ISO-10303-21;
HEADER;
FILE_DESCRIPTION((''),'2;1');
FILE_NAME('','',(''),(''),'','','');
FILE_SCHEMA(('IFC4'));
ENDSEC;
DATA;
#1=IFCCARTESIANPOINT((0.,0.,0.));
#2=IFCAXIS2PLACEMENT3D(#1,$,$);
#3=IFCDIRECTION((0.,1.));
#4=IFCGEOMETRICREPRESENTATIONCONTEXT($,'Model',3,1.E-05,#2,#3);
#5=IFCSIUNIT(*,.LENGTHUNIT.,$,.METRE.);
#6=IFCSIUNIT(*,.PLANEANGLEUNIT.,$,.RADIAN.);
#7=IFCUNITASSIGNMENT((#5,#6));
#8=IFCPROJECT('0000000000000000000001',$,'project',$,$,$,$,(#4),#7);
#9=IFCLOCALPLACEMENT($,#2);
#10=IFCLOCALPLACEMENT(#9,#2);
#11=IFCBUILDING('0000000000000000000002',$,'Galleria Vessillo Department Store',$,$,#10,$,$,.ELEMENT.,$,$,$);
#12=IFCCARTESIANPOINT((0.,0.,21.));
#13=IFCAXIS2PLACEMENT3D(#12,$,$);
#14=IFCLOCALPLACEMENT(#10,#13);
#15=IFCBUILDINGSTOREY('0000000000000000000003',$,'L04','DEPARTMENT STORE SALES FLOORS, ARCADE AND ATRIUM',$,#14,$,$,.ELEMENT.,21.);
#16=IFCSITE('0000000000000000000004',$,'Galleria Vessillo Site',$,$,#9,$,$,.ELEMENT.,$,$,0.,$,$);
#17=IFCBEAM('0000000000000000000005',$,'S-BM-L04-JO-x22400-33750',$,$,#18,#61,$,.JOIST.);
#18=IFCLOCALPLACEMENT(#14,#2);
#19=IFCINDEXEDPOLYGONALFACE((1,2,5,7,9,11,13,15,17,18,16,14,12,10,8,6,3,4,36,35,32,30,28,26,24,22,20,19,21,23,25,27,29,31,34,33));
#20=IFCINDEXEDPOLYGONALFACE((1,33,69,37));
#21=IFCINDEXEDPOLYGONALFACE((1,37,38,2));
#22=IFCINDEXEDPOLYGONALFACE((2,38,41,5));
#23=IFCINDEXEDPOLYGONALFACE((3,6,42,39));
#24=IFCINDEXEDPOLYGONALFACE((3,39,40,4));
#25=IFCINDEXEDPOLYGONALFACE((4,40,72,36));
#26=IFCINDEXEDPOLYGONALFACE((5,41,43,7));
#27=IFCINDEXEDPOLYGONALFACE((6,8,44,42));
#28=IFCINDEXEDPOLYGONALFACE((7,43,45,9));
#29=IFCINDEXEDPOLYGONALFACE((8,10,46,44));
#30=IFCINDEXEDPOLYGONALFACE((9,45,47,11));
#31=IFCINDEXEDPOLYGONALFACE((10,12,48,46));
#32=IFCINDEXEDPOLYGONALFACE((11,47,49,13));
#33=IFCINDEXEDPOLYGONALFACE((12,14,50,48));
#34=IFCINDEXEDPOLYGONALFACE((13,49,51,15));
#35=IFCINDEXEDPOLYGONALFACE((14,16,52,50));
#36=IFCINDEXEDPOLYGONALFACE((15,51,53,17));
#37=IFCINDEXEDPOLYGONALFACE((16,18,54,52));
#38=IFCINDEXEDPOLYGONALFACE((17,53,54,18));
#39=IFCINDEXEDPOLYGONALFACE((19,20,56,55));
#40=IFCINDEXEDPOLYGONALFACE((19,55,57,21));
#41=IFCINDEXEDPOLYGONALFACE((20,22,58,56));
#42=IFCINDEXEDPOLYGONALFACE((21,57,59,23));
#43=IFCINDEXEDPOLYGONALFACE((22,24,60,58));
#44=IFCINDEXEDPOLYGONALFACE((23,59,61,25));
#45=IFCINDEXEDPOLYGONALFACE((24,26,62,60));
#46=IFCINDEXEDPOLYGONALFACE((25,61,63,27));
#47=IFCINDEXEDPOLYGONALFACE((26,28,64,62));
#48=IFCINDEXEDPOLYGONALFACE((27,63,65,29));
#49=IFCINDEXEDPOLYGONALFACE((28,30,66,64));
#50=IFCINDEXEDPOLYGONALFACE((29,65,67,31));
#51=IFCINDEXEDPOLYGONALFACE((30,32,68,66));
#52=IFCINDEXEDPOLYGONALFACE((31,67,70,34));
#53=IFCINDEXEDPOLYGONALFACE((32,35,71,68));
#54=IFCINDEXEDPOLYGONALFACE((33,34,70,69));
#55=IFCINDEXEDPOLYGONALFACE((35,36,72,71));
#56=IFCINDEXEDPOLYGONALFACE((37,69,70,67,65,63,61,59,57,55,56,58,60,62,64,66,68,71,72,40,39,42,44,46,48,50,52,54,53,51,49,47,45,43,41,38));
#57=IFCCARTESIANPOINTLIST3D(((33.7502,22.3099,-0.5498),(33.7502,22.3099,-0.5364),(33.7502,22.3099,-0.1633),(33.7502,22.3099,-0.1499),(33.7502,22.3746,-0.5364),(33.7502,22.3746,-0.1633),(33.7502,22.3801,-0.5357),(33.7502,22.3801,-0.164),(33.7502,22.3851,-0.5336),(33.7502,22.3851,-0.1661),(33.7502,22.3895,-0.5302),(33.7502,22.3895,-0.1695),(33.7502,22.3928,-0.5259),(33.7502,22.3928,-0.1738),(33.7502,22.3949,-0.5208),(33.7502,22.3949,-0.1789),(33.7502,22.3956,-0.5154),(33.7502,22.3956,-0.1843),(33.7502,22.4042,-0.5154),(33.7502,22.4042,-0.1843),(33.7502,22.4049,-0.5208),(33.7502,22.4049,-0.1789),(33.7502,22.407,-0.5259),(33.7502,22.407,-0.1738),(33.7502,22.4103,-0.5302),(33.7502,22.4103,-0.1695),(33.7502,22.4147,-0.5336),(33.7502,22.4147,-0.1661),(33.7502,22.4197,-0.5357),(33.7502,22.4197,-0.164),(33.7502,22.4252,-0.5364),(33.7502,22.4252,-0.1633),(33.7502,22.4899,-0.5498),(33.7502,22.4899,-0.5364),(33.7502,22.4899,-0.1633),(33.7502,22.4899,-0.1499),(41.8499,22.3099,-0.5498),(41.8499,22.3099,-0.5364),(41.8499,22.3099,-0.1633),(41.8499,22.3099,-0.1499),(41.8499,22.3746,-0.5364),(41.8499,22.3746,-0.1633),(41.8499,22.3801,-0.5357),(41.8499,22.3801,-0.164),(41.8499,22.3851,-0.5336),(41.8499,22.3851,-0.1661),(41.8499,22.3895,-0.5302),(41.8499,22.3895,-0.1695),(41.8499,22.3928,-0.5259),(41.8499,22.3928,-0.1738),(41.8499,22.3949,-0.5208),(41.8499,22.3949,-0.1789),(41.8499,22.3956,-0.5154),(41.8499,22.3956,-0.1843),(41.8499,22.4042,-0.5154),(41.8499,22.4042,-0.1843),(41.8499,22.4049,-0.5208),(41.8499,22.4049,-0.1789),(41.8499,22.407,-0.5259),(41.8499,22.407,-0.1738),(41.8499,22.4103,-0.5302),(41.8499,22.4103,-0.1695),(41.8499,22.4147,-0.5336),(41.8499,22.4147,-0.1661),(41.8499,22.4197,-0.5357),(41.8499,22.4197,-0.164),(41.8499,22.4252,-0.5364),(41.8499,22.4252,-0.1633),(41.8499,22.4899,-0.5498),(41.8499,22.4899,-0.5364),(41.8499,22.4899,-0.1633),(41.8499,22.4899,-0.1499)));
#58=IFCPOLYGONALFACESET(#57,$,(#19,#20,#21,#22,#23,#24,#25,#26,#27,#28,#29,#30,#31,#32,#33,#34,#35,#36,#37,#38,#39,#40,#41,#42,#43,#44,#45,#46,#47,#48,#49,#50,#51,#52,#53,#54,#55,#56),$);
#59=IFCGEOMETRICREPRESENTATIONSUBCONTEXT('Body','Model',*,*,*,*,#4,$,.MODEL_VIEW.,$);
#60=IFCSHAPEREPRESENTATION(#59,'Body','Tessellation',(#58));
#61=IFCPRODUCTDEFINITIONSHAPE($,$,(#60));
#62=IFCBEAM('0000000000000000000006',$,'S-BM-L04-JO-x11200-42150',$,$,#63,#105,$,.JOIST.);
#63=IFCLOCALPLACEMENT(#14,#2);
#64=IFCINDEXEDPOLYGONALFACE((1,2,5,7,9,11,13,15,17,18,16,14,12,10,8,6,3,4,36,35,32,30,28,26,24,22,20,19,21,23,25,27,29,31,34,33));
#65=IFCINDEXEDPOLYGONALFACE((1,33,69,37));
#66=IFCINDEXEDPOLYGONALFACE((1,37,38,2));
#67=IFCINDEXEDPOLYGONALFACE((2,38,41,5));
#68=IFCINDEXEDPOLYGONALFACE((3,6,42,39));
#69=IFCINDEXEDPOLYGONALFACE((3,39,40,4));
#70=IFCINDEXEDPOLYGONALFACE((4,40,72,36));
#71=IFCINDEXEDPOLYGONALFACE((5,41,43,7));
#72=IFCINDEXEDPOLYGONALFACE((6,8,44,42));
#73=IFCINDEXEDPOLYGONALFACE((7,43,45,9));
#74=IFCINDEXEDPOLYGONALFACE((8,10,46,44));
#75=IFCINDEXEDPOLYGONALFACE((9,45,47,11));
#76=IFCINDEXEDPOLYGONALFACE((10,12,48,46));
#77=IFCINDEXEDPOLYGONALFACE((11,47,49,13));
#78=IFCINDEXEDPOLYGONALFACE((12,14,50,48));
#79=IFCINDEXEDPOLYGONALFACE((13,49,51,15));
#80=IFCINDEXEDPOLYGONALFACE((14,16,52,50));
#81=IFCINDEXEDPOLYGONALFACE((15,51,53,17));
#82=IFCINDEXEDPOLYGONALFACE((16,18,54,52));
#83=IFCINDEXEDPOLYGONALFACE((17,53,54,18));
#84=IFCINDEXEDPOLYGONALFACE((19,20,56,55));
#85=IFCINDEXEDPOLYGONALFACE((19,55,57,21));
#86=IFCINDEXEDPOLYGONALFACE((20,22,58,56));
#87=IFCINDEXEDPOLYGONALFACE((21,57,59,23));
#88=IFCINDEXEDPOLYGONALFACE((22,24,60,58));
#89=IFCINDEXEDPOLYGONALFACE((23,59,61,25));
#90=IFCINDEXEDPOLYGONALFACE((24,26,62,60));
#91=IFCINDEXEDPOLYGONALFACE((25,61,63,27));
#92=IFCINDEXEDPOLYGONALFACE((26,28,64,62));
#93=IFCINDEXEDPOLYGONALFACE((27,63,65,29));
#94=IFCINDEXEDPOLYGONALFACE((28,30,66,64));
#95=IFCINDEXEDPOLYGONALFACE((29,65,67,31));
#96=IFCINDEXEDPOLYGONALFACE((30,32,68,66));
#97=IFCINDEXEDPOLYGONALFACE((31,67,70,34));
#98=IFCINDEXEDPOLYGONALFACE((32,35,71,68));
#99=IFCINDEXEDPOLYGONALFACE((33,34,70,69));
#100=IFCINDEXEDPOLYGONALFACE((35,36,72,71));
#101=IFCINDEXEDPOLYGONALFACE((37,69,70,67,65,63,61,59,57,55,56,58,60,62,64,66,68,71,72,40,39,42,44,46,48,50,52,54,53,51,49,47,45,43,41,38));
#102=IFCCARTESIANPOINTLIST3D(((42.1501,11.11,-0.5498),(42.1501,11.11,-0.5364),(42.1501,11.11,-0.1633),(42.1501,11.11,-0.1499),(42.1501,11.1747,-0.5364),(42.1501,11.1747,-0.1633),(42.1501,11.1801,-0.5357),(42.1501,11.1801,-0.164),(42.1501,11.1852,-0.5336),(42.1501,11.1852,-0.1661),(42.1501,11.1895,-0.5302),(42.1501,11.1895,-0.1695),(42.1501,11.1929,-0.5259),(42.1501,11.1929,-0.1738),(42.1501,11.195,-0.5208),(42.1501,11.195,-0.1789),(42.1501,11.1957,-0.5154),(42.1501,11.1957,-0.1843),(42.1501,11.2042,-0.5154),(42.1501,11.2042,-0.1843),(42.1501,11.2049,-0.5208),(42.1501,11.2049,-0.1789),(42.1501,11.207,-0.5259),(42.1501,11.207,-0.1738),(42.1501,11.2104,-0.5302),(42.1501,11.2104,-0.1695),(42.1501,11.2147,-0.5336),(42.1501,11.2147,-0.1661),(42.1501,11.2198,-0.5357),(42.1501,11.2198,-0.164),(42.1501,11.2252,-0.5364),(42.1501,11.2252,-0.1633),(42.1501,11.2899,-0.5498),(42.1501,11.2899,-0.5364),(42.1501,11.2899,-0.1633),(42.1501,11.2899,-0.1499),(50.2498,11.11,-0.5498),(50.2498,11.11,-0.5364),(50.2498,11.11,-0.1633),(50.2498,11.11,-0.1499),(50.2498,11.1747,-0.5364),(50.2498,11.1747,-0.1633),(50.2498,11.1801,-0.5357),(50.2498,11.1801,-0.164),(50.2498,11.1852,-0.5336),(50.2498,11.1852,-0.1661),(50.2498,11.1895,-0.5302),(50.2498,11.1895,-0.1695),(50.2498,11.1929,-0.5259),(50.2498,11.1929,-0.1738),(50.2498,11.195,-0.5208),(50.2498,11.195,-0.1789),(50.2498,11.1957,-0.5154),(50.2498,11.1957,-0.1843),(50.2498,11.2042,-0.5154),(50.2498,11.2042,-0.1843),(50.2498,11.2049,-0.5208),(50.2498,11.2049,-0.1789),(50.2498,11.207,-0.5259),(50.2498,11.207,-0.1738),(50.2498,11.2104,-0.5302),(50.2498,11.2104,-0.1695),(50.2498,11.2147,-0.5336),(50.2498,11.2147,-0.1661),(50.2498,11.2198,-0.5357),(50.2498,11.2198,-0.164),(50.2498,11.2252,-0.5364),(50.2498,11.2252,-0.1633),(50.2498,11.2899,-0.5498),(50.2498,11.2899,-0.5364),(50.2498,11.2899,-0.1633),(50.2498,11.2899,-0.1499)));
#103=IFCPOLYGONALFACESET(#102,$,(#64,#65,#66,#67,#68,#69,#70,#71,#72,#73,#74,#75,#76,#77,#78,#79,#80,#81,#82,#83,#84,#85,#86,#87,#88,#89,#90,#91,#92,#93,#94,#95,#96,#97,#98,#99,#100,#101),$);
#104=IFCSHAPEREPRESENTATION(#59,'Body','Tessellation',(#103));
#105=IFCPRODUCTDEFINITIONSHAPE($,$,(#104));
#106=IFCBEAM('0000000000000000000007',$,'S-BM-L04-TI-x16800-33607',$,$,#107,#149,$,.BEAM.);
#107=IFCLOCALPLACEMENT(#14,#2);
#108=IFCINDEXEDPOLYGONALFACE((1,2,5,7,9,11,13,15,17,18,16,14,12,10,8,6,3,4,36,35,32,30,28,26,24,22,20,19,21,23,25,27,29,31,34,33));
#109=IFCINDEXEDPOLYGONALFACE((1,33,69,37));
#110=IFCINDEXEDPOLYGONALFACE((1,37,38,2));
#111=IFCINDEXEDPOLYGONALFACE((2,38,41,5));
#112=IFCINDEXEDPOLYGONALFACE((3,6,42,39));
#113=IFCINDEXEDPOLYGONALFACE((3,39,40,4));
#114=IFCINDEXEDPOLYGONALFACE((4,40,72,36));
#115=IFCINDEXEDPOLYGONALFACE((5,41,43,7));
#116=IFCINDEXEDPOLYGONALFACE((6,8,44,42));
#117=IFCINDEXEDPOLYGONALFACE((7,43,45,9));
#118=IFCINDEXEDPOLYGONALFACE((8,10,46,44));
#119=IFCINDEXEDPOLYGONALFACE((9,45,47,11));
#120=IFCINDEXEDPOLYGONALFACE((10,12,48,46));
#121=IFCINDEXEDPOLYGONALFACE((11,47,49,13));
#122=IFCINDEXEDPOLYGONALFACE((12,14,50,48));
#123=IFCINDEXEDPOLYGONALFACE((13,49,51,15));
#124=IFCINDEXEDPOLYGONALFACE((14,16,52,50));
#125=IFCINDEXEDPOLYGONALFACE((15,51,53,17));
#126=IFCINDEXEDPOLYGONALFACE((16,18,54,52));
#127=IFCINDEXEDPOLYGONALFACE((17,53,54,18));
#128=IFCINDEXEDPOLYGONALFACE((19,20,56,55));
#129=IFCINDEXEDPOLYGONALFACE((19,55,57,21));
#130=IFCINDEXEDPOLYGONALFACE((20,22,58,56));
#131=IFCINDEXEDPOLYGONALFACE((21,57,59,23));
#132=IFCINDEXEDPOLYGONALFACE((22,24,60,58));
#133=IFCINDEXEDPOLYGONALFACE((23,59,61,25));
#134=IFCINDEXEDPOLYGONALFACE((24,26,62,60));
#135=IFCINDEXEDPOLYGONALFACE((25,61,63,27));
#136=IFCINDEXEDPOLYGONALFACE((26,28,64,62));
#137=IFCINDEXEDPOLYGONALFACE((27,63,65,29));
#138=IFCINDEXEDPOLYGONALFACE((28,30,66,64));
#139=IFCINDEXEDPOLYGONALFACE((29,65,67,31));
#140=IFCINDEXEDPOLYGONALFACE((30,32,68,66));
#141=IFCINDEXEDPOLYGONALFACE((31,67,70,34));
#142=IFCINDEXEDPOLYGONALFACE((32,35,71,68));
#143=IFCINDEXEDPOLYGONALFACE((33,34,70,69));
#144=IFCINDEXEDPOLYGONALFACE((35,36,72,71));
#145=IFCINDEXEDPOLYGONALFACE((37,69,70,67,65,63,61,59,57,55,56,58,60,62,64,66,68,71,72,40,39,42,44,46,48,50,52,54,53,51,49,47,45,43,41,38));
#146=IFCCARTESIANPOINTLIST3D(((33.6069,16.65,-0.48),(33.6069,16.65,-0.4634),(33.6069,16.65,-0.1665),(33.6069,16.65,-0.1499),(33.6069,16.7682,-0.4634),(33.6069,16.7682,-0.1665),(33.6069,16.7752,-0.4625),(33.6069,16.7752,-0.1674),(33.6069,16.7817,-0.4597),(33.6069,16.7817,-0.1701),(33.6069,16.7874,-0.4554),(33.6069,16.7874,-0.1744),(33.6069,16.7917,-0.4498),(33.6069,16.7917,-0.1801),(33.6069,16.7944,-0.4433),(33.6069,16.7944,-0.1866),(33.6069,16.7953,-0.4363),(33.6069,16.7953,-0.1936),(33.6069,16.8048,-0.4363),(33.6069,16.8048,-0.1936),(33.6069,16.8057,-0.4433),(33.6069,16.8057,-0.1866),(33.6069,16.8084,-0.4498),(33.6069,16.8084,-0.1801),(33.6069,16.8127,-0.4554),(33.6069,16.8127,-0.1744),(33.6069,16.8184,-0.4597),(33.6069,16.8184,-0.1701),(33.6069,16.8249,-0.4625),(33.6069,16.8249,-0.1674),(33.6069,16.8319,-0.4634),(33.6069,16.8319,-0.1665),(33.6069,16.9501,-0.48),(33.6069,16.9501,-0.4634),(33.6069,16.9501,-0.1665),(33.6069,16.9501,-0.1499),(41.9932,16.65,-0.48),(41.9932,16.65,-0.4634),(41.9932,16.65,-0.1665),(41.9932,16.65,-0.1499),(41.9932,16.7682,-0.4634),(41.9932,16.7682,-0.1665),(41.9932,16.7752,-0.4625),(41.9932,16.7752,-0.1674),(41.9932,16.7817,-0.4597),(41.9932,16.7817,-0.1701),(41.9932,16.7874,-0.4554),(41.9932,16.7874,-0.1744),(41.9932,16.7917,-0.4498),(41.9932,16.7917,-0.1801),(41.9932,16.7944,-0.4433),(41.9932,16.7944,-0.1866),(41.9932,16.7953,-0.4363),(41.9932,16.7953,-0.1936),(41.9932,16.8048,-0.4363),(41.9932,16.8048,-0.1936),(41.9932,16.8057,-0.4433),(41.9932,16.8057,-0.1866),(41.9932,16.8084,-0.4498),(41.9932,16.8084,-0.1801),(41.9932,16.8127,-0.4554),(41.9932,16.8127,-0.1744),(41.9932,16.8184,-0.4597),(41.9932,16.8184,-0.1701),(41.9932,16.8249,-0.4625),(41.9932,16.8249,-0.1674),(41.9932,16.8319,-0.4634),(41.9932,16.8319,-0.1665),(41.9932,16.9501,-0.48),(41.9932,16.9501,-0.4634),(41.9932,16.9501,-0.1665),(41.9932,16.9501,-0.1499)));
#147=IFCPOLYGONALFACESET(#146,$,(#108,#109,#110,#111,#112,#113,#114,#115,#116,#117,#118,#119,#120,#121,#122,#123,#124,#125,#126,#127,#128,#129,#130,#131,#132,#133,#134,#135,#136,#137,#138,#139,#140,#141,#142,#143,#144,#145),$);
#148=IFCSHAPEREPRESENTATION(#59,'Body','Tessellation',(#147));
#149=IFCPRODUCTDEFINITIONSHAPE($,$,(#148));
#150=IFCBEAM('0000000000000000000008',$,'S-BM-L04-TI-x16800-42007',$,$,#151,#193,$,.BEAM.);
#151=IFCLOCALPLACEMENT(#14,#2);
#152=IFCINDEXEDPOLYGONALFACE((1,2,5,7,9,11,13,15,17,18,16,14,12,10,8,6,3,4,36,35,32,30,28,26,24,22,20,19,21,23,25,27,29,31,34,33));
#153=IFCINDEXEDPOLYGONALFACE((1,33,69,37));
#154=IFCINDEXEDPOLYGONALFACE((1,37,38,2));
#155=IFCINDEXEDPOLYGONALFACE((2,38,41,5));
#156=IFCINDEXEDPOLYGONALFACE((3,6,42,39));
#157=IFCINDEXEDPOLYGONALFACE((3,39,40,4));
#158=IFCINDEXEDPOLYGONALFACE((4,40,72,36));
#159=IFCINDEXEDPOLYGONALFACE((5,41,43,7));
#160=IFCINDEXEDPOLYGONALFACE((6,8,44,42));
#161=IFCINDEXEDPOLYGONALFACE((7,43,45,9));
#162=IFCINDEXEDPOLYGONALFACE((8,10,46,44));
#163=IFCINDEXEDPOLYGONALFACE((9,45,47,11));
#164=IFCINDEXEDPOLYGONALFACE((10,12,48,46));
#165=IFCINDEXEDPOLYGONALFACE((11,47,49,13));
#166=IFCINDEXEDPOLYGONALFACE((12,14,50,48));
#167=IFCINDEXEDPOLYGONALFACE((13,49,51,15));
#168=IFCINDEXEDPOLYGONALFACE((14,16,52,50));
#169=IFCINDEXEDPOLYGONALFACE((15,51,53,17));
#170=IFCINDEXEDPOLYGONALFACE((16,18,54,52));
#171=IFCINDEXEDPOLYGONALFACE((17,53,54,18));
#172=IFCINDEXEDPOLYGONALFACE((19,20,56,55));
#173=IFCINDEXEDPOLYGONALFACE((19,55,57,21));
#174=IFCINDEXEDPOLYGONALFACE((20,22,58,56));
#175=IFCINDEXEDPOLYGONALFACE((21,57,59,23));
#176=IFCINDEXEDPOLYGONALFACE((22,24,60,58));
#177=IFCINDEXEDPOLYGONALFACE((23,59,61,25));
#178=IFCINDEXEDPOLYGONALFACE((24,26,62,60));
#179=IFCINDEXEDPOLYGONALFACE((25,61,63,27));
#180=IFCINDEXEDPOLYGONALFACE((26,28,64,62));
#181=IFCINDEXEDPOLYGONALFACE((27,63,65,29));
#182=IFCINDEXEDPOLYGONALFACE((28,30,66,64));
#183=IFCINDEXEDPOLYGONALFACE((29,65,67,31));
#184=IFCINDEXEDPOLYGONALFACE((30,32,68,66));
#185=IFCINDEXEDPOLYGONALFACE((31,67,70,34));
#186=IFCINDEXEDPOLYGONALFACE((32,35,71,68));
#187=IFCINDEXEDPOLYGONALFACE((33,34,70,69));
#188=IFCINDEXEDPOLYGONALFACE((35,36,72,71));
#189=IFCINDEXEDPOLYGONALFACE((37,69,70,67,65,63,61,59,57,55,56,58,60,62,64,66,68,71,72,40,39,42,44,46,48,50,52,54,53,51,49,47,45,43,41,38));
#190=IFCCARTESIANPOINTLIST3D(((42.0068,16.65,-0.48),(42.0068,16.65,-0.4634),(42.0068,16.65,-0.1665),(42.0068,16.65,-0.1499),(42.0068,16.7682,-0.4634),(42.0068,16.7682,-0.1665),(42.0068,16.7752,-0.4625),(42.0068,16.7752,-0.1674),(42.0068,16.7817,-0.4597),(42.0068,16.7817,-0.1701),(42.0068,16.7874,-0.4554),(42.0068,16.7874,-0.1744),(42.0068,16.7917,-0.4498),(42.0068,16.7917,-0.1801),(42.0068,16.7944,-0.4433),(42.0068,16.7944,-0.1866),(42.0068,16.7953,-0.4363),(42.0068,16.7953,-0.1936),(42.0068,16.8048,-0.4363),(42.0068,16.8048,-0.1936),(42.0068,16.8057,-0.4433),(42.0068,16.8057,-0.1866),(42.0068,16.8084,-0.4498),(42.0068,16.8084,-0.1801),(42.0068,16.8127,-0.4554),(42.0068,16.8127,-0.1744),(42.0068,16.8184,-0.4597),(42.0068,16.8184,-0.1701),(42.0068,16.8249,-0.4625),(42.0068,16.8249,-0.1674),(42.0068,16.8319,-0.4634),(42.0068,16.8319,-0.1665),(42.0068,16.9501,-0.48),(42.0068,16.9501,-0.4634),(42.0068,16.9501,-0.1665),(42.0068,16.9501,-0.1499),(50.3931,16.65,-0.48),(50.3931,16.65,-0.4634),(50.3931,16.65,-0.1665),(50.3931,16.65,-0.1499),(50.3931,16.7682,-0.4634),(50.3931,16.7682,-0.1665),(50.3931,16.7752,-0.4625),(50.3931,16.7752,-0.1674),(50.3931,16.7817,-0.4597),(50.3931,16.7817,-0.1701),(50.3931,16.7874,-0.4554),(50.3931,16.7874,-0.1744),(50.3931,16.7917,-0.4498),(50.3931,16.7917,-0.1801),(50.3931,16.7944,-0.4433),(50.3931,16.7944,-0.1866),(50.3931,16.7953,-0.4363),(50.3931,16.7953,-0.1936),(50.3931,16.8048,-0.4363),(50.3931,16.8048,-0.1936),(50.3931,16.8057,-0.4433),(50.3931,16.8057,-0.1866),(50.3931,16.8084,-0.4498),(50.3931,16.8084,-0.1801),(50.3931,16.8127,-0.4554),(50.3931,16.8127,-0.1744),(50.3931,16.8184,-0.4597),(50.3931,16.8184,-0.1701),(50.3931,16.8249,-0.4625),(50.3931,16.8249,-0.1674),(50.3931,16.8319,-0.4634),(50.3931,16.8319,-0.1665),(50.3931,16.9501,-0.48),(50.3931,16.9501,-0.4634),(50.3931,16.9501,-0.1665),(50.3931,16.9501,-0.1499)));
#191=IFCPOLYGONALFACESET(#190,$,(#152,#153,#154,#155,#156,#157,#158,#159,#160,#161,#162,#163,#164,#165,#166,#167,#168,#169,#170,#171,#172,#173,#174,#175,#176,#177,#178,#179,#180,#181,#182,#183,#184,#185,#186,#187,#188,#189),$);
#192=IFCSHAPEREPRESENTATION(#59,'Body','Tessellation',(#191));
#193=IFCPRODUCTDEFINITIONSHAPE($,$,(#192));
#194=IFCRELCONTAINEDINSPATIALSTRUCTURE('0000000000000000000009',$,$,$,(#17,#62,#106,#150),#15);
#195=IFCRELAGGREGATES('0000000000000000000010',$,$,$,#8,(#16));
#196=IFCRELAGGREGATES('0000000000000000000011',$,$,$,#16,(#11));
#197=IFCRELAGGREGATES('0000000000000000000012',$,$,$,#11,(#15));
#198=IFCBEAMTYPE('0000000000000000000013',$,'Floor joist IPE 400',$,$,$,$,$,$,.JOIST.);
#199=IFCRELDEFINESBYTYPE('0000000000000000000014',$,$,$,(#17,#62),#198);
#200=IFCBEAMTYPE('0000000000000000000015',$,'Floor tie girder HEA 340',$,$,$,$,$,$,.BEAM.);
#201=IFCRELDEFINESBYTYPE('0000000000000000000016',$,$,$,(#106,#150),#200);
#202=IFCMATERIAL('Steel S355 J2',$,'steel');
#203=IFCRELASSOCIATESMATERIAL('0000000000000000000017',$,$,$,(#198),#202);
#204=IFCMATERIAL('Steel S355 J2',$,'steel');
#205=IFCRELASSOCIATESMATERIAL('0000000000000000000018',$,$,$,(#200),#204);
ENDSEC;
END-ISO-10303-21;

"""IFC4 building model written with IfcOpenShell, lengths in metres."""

from ifc_helpers import new_model, si_unit, direction, frame, origin, origin_2d, place, context, subcontext, project, spatial, i_section, extrude, material, material_profile, profile_set, type_object, element, save


model = new_model("IFC4")

# Units and contexts
model_context = context("Model", 3, precision=1e-05, world=origin(), true_north=direction((0.0, 1.0)))
body_context = subcontext(model_context, "Body", "Model", "MODEL_VIEW")
ifc_project = project(units=[si_unit("LENGTHUNIT", "METRE"), si_unit("PLANEANGLEUNIT", "RADIAN")], contexts=[model_context])

# Site, building, storey
site_placement = place(None, origin())
site = spatial("IfcSite", under=ifc_project, at=site_placement, Name="Galleria Vessillo Site", CompositionType="ELEMENT", RefElevation=0.0)
building_placement = place(site_placement, origin())
building = spatial("IfcBuilding", under=site, at=building_placement, Name="Galleria Vessillo Department Store", CompositionType="ELEMENT")
storey_placement = place(building_placement, frame((0.0, 0.0, 21.0)))
storey = spatial("IfcBuildingStorey", under=building, at=storey_placement, Name="L04", Description="DEPARTMENT STORE SALES FLOORS, ARCADE AND ATRIUM", CompositionType="ELEMENT", Elevation=21.0)

# Beams
ifc_material_1 = material(Name="Steel S355 J2", Category="steel")
ifc_material_profile_1 = material_profile(ifc_material_1, i_section(OverallWidth=0.1799, OverallDepth=0.3999, WebThickness=0.0085, FlangeThickness=0.0134, FilletRadius=0.021, at=origin_2d()), Name="IPE 400")
ifc_profile_set_1 = profile_set([ifc_material_profile_1], Name="Steel S355 J2")
beam_type_1 = type_object("IfcBeamType", Name="Floor joist IPE 400", PredefinedType="JOIST", material=ifc_profile_set_1)
for number, where, z_axis, x_axis, name in (
    (1, (33.7502, 22.3999, -0.3499), (1.0, 0.0, 0.0), (0.0, 1.0, 0.0), "S-BM-L04-JO-x22400-33750"),
    (2, (42.1501, 11.2, -0.3499), (1.0, 0.0, 0.0), (0.0, 1.0, 0.0), "S-BM-L04-JO-x11200-42150"),
):
    element("IfcBeam", number, at=place(storey_placement, frame(where, z_axis=z_axis, x_axis=x_axis)), inside=storey, type_object=beam_type_1, Name=name, PredefinedType="JOIST", context=body_context, shape_type="SweptSolid", body=[
        extrude(i_section(OverallWidth=0.1799, OverallDepth=0.3999, WebThickness=0.0085, FlangeThickness=0.0134, FilletRadius=0.021, at=origin_2d()), origin(), (0.0, 0.0, 1.0), 8.0996),
    ])
ifc_material_2 = material(Name="Steel S355 J2", Category="steel")
ifc_material_profile_2 = material_profile(ifc_material_2, i_section(OverallWidth=0.3, OverallDepth=0.3301, WebThickness=0.0095, FlangeThickness=0.0166, FilletRadius=0.0271, at=origin_2d()), Name="HEA 340")
ifc_profile_set_2 = profile_set([ifc_material_profile_2], Name="Steel S355 J2")
beam_type_2 = type_object("IfcBeamType", Name="Floor tie girder HEA 340", PredefinedType="BEAM", material=ifc_profile_set_2)
for number, where, z_axis, x_axis, name in (
    (3, (33.6069, 16.8, -0.3149), (1.0, 0.0, 0.0), (0.0, 1.0, 0.0), "S-BM-L04-TI-x16800-33607"),
    (4, (42.0068, 16.8, -0.3149), (1.0, 0.0, 0.0), (0.0, 1.0, 0.0), "S-BM-L04-TI-x16800-42007"),
):
    element("IfcBeam", number, at=place(storey_placement, frame(where, z_axis=z_axis, x_axis=x_axis)), inside=storey, type_object=beam_type_2, Name=name, PredefinedType="BEAM", context=body_context, shape_type="SweptSolid", body=[
        extrude(i_section(OverallWidth=0.3, OverallDepth=0.3301, WebThickness=0.0095, FlangeThickness=0.0166, FilletRadius=0.0271, at=origin_2d()), origin(), (0.0, 0.0, 1.0), 8.3862),
    ])

save(model, "model.ifc")
